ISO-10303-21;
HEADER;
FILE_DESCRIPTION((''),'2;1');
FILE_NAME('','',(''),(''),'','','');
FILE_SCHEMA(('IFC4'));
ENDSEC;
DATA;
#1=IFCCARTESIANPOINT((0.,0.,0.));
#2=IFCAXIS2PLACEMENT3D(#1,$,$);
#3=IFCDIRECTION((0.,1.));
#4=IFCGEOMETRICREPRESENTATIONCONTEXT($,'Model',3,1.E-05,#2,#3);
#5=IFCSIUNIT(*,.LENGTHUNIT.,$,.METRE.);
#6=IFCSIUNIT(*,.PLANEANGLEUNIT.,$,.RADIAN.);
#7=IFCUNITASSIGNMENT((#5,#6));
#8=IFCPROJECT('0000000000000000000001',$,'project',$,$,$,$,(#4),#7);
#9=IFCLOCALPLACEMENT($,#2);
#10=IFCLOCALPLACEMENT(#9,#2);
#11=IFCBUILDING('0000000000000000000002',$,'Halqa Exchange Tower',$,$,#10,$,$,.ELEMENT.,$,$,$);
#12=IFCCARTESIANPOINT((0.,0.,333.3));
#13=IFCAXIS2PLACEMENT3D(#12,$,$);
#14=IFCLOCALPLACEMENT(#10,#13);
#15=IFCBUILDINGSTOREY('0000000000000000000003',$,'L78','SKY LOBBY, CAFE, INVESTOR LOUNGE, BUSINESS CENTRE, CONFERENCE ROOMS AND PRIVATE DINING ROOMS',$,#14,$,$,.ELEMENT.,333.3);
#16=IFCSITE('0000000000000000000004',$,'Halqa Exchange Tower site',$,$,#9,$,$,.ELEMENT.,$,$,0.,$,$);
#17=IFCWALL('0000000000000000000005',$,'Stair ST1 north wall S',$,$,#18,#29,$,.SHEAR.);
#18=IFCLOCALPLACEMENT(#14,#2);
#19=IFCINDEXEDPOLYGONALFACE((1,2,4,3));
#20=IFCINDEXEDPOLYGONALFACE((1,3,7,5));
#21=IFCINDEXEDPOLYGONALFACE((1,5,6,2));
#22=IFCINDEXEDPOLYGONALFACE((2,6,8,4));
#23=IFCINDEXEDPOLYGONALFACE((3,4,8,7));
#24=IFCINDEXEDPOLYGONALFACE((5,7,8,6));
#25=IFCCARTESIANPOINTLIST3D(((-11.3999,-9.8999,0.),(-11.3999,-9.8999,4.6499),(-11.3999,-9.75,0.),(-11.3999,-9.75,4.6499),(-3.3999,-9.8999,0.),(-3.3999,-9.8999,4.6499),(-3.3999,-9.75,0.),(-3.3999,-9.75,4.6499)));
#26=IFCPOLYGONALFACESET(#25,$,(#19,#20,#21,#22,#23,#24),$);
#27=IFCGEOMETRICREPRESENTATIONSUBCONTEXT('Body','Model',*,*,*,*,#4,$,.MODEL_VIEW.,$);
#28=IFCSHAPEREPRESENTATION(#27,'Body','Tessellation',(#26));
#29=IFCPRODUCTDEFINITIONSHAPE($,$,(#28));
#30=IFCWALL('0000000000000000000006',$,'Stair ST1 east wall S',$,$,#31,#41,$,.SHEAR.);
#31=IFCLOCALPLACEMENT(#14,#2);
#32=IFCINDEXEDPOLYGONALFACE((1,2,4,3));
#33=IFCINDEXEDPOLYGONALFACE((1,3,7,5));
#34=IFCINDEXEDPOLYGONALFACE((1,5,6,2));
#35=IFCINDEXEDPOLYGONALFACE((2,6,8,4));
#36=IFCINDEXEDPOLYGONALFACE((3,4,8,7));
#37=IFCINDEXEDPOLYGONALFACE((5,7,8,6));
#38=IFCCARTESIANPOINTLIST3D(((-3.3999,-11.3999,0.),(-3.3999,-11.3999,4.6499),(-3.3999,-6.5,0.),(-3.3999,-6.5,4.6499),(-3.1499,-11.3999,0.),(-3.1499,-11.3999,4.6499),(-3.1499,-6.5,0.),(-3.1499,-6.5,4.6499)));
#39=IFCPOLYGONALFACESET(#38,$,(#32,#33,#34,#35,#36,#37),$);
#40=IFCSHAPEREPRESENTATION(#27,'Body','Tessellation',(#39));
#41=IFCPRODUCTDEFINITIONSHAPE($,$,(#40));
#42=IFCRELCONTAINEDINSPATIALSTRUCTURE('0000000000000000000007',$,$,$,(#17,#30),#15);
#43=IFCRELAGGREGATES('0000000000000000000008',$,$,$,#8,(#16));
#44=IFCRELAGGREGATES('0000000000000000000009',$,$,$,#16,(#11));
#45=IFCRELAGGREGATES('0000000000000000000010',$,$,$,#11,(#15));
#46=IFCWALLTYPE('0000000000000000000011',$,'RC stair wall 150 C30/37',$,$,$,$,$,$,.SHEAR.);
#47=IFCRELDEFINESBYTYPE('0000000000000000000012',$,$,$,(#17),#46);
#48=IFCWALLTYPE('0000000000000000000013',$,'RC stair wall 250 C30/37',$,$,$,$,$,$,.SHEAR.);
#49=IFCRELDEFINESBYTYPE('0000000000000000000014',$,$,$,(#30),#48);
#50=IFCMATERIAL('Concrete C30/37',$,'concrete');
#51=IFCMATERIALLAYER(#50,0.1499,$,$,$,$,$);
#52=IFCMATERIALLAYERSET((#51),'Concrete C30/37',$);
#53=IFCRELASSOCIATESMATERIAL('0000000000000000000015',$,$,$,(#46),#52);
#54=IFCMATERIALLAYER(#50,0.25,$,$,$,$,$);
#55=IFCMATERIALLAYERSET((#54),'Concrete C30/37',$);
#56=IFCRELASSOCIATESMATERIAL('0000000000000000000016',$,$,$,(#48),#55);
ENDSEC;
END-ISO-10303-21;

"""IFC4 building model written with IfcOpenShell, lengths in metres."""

from ifc_helpers import new_model, si_unit, direction, frame, frame_2d, origin, place, context, subcontext, project, spatial, rectangle, extrude, material, layer, layer_set, type_object, element, save


model = new_model("IFC4")

# Units and contexts
model_context = context("Model", 3, precision=1e-05, world=origin(), true_north=direction((0.0, 1.0)))
body_context = subcontext(model_context, "Body", "Model", "MODEL_VIEW")
ifc_project = project(units=[si_unit("LENGTHUNIT", "METRE"), si_unit("PLANEANGLEUNIT", "RADIAN")], contexts=[model_context])

# Site, building, storey
site_placement = place(None, origin())
site = spatial("IfcSite", under=ifc_project, at=site_placement, Name="Halqa Exchange Tower site", CompositionType="ELEMENT", RefElevation=0.0)
building_placement = place(site_placement, origin())
building = spatial("IfcBuilding", under=site, at=building_placement, Name="Halqa Exchange Tower", CompositionType="ELEMENT")
storey_placement = place(building_placement, frame((0.0, 0.0, 333.3)))
storey = spatial("IfcBuildingStorey", under=building, at=storey_placement, Name="L78", Description="SKY LOBBY, CAFE, INVESTOR LOUNGE, BUSINESS CENTRE, CONFERENCE ROOMS AND PRIVATE DINING ROOMS", CompositionType="ELEMENT", Elevation=333.3)

# Walls
ifc_material_1 = material(Name="Concrete C30/37", Category="concrete")
ifc_layer_1 = layer(ifc_material_1, 0.1499)
ifc_layer_set_1 = layer_set([ifc_layer_1], Name="Concrete C30/37")
wall_type_1 = type_object("IfcWallType", Name="RC stair wall 150 C30/37", PredefinedType="SHEAR", material=ifc_layer_set_1)
wall_1_placement = place(storey_placement, frame((-11.3999, -9.825, 0.0), z_axis=(0.0, 0.0, 1.0), x_axis=(1.0, 0.0, 0.0)))
element("IfcWall", 1, at=wall_1_placement, inside=storey, type_object=wall_type_1, Name="Stair ST1 north wall S", PredefinedType="SHEAR", context=body_context, shape_type="SweptSolid", body=[
    extrude(rectangle(XDim=8.0, YDim=0.1499, at=frame_2d((4.0, 0.0))), origin(), (0.0, 0.0, 1.0), 4.6499),
])
ifc_layer_2 = layer(ifc_material_1, 0.25)
ifc_layer_set_2 = layer_set([ifc_layer_2], Name="Concrete C30/37")
wall_type_2 = type_object("IfcWallType", Name="RC stair wall 250 C30/37", PredefinedType="SHEAR", material=ifc_layer_set_2)
wall_2_placement = place(storey_placement, frame((-3.2749, -11.3999, 0.0), z_axis=(0.0, 0.0, 1.0), x_axis=(0.0, 1.0, 0.0)))
element("IfcWall", 2, at=wall_2_placement, inside=storey, type_object=wall_type_2, Name="Stair ST1 east wall S", PredefinedType="SHEAR", context=body_context, shape_type="SweptSolid", body=[
    extrude(rectangle(XDim=4.8999, YDim=0.25, at=frame_2d((2.45, 0.0))), origin(), (0.0, 0.0, 1.0), 4.6499),
])

save(model, "model.ifc")
